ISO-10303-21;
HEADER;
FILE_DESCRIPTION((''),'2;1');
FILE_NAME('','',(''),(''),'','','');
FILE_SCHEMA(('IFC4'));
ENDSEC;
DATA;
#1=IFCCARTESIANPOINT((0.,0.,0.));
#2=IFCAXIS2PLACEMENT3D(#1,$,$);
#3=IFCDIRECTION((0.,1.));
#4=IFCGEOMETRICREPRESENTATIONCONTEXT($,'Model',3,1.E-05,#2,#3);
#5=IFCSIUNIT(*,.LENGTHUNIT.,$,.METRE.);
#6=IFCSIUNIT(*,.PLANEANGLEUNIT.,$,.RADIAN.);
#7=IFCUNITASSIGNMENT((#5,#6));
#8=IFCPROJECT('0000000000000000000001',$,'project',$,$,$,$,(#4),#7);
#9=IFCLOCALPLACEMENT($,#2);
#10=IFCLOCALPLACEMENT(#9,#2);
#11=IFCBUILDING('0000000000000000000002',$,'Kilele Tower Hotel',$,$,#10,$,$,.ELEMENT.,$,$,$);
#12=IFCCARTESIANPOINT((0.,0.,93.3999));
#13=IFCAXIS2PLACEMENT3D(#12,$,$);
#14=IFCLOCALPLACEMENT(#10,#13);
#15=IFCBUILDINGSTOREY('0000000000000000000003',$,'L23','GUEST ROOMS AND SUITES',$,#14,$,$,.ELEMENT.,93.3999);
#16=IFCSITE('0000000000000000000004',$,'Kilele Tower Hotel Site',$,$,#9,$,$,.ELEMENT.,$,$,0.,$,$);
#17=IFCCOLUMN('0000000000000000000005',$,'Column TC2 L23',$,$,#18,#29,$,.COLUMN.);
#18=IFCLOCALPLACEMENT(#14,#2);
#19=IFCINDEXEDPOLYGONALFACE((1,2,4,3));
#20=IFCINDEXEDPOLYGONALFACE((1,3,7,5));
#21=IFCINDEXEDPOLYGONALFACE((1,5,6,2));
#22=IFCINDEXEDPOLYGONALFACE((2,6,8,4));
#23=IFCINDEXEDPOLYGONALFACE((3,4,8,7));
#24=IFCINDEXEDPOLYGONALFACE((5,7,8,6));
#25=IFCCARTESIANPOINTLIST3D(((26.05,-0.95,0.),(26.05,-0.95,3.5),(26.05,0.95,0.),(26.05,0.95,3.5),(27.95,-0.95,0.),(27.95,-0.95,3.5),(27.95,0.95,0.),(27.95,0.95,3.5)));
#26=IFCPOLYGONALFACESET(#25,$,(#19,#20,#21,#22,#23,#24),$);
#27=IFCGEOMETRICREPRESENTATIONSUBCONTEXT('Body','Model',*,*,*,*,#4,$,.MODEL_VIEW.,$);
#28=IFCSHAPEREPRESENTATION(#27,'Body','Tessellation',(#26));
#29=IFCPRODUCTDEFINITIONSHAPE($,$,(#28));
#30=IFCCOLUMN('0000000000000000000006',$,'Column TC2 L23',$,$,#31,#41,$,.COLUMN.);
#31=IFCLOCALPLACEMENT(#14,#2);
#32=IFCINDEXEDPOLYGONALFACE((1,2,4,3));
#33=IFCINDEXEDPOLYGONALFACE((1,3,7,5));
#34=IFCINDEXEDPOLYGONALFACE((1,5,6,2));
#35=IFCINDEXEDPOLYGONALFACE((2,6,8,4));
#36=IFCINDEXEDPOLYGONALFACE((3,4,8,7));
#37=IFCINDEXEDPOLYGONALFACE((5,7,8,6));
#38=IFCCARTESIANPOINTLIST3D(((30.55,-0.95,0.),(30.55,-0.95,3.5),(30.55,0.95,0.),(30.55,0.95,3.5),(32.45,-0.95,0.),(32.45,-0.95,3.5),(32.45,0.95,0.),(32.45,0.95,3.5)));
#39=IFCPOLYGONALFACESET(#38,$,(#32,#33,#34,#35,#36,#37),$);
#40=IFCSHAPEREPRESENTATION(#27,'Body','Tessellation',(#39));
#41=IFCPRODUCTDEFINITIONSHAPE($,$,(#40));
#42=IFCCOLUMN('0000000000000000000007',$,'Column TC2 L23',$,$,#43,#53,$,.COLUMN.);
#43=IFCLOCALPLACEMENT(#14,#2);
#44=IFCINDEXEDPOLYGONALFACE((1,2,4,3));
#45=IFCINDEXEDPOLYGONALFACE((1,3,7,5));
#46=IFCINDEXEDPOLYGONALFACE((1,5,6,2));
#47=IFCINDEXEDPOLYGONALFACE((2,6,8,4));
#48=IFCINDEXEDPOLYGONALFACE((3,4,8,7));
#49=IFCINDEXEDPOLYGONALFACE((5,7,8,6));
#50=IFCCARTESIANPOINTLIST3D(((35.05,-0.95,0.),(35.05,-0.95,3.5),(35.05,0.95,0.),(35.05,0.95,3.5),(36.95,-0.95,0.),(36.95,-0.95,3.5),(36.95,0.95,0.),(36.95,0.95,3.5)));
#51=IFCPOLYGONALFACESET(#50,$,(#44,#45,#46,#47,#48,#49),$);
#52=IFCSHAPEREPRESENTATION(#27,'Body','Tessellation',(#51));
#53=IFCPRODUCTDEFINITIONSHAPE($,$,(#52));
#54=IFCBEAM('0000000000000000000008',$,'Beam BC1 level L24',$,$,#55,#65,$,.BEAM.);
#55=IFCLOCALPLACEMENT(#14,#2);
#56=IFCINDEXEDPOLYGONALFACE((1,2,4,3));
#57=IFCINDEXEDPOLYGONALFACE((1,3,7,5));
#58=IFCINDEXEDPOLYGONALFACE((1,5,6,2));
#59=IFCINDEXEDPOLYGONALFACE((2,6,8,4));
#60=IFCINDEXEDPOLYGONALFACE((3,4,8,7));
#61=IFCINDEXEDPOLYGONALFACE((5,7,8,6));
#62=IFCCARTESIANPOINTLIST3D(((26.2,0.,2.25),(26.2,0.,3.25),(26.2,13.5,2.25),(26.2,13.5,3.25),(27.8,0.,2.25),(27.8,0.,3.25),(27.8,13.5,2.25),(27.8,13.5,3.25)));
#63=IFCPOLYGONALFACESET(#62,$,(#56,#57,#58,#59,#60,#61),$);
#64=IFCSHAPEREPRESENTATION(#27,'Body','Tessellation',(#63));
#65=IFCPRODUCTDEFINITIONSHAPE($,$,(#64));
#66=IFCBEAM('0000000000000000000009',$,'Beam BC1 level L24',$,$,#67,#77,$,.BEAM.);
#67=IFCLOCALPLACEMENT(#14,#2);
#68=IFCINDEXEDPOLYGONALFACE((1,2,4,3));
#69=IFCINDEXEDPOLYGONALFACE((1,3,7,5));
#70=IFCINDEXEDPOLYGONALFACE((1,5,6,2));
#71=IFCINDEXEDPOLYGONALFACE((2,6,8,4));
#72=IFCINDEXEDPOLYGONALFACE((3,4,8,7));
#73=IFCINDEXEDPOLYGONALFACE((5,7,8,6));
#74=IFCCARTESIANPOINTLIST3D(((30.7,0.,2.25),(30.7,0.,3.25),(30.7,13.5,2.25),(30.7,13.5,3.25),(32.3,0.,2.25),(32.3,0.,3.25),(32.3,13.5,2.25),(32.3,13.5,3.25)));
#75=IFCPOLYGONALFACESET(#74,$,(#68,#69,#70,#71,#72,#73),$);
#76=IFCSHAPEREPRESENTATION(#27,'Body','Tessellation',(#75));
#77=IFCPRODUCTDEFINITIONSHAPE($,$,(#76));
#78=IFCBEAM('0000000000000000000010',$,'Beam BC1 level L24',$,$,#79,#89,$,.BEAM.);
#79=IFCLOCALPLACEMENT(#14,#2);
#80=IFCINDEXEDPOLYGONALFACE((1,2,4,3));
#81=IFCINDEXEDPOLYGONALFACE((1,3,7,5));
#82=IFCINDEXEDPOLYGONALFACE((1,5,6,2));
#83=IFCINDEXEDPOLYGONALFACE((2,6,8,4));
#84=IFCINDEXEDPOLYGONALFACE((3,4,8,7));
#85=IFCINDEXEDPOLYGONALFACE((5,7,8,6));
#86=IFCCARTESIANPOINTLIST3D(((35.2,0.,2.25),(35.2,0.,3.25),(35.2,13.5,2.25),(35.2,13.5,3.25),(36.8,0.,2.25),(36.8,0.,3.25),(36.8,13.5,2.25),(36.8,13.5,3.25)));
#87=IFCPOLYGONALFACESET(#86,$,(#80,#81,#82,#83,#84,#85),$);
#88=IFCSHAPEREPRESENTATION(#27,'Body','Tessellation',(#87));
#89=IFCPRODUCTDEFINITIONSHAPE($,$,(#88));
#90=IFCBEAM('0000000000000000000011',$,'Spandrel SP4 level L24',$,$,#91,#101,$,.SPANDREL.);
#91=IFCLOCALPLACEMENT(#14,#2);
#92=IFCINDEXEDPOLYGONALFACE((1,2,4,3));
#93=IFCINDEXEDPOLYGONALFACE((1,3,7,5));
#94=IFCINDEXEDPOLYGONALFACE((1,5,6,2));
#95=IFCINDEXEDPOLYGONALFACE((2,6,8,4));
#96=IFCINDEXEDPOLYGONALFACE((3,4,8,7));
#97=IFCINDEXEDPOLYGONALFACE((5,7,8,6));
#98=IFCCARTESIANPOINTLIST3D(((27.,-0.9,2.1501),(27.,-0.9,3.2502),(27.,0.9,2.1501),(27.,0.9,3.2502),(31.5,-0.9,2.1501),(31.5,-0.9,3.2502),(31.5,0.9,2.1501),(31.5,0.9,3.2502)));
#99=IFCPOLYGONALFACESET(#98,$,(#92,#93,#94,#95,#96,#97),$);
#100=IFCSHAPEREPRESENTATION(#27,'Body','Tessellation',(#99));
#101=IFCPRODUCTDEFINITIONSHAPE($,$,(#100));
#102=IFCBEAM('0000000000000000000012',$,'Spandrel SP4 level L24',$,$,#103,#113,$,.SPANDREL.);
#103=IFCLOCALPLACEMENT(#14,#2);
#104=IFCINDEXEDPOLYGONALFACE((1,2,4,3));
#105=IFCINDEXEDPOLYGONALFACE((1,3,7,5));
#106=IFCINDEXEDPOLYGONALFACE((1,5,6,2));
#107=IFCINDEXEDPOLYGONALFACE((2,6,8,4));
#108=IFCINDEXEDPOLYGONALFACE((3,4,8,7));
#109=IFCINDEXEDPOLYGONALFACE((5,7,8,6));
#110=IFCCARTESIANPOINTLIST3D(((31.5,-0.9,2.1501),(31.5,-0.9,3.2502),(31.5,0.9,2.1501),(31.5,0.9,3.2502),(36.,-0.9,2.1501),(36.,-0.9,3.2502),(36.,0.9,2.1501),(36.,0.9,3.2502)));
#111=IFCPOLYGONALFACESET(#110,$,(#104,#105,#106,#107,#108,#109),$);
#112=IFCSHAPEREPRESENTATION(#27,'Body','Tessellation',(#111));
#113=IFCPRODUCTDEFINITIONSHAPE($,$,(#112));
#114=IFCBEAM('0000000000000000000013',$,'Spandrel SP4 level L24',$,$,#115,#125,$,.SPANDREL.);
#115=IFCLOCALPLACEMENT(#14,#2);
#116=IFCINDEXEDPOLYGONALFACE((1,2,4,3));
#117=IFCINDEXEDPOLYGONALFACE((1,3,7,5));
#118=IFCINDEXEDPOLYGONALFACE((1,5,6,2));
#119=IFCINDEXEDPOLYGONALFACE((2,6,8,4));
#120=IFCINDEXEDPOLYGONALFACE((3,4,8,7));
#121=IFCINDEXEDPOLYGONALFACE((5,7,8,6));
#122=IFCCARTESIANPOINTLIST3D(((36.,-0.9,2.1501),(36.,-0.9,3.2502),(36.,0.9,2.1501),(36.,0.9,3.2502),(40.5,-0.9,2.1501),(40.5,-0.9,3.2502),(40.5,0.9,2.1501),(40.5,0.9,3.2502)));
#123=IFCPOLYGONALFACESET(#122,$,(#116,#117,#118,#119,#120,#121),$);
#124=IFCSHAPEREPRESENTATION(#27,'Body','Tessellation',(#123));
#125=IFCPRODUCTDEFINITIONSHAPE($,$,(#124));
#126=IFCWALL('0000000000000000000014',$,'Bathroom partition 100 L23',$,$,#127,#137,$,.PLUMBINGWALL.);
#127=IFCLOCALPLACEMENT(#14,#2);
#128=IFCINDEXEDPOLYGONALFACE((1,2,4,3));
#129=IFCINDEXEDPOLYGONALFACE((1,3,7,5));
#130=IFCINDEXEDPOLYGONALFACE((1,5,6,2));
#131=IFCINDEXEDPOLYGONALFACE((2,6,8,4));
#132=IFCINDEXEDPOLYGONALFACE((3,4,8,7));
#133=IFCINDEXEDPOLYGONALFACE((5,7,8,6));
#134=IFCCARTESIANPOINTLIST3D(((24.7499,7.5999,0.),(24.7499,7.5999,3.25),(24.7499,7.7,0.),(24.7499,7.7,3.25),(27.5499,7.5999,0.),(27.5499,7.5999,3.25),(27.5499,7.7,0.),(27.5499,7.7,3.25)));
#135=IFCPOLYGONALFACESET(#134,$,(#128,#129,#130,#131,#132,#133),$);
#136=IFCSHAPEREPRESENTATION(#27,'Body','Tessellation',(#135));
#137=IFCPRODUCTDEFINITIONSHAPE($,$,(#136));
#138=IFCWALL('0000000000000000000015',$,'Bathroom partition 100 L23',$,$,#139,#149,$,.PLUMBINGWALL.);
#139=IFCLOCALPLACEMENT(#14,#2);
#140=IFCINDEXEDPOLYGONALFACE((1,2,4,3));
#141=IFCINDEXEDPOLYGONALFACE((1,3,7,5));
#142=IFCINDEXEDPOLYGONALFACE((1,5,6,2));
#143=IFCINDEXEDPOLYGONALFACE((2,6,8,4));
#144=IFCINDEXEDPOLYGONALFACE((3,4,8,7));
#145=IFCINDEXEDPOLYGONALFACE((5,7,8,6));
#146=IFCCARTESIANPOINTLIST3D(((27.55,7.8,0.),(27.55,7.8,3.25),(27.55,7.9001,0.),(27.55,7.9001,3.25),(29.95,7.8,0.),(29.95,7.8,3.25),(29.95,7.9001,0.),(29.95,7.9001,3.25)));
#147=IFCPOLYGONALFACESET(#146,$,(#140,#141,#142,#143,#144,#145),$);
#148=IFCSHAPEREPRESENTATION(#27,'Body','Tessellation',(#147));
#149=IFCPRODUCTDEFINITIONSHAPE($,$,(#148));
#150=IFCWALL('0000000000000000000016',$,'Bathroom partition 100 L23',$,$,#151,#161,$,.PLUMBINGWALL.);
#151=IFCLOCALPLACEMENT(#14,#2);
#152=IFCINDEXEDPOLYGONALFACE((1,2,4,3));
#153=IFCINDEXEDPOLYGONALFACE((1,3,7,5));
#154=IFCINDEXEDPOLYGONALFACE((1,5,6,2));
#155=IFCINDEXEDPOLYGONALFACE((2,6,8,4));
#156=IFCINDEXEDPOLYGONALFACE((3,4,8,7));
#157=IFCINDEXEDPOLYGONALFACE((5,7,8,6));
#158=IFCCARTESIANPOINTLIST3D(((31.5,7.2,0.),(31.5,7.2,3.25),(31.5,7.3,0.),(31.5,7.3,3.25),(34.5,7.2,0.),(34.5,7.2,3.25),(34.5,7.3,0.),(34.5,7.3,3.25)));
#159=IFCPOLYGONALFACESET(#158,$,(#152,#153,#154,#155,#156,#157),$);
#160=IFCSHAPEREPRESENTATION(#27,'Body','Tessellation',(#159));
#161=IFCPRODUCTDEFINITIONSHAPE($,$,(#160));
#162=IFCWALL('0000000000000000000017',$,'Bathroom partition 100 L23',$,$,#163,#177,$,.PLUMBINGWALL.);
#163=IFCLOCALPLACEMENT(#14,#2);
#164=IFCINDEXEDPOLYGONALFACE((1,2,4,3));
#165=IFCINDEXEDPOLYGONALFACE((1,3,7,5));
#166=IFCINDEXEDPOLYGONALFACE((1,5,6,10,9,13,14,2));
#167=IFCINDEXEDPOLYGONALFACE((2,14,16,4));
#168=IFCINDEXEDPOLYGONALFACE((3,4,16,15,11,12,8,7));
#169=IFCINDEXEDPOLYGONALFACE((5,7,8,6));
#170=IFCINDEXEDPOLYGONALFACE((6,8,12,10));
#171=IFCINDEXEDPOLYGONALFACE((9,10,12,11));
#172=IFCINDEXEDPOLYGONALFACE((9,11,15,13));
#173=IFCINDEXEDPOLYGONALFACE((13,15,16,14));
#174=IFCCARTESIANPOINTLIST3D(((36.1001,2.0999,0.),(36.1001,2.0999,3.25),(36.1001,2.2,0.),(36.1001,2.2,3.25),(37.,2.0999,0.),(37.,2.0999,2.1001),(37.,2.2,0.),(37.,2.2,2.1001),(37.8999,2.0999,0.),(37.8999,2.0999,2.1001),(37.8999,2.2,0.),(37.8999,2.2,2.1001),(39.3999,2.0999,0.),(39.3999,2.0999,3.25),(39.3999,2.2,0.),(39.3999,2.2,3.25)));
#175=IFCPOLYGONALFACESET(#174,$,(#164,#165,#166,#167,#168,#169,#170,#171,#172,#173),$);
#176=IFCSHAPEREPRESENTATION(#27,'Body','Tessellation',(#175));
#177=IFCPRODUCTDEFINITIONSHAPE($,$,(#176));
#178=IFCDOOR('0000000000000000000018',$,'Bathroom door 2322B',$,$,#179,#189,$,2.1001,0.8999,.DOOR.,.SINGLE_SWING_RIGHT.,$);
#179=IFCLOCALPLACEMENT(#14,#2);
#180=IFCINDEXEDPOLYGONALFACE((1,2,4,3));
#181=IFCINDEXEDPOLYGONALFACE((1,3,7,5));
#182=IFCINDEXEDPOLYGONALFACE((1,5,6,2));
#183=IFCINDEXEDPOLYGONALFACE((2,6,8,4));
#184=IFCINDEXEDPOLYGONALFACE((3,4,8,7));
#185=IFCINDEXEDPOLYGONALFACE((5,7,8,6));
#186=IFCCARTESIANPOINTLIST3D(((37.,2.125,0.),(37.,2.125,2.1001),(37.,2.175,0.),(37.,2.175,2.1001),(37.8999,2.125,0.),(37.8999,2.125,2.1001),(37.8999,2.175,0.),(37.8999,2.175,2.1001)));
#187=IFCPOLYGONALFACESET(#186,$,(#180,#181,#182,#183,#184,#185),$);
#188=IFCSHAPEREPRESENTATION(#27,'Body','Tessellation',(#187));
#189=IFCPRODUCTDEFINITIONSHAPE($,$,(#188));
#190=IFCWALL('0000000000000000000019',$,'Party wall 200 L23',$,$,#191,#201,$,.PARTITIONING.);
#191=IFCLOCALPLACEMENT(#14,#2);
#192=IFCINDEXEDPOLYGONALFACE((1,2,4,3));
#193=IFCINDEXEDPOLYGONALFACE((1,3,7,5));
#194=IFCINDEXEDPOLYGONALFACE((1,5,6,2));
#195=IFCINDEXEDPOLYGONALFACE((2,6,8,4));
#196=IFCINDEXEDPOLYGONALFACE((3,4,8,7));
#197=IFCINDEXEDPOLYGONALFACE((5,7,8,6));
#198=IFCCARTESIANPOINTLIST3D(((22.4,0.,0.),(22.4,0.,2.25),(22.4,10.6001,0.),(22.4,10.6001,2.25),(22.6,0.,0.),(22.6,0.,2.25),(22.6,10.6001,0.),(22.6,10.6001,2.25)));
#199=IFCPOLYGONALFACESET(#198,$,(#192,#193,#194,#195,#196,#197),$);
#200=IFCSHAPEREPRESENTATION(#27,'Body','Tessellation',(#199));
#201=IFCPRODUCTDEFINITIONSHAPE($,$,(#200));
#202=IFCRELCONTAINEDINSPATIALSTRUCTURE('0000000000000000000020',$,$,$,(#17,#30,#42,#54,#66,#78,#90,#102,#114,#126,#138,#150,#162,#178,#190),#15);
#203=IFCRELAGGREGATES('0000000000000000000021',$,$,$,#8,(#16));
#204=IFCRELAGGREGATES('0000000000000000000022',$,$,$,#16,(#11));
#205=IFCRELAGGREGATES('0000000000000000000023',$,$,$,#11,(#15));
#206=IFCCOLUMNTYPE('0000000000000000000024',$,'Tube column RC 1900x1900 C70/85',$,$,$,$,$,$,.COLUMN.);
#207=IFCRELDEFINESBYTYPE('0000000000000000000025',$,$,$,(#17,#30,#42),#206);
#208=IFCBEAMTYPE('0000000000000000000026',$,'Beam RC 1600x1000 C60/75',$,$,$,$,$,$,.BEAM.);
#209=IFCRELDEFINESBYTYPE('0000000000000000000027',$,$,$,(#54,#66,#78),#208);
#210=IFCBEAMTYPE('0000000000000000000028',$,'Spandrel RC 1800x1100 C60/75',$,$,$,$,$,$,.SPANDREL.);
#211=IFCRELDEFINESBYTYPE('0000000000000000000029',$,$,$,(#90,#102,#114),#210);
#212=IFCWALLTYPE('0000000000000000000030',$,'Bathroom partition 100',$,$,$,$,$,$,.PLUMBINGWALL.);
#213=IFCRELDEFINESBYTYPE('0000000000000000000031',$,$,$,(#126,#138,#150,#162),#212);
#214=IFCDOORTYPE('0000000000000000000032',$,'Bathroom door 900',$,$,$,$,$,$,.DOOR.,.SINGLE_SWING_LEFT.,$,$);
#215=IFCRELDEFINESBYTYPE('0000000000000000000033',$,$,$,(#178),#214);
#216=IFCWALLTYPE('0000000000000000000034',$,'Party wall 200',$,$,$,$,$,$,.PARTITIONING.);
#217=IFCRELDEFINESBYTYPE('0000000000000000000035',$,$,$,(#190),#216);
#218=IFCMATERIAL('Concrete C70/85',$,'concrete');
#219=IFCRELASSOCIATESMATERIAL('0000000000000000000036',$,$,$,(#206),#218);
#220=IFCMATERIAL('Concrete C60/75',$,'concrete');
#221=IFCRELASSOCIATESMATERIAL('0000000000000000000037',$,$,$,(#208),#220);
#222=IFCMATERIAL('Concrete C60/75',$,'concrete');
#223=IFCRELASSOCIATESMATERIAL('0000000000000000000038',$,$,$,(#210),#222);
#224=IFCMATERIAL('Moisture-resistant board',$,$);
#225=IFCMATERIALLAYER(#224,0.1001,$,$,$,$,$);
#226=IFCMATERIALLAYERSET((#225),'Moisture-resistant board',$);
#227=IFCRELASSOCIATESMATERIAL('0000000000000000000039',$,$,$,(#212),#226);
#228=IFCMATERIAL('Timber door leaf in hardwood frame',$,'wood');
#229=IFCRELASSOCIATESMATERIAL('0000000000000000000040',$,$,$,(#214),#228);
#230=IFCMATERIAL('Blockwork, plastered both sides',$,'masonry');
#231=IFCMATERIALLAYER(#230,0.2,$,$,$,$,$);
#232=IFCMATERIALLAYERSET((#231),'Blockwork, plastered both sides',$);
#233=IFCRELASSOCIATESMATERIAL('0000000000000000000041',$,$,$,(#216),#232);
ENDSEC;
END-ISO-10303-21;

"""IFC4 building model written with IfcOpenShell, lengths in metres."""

from ifc_helpers import new_model, si_unit, direction, frame, frame_2d, origin, origin_2d, place, context, subcontext, project, spatial, rectangle, extrude, material, layer, layer_set, material_profile, profile_set, type_object, element, fill, save


model = new_model("IFC4")

# Units and contexts
model_context = context("Model", 3, precision=1e-05, world=origin(), true_north=direction((0.0, 1.0)))
body_context = subcontext(model_context, "Body", "Model", "MODEL_VIEW")
ifc_project = project(units=[si_unit("LENGTHUNIT", "METRE"), si_unit("PLANEANGLEUNIT", "RADIAN")], contexts=[model_context])

# Site, building, storey
site_placement = place(None, origin())
site = spatial("IfcSite", under=ifc_project, at=site_placement, Name="Kilele Tower Hotel Site", CompositionType="ELEMENT", RefElevation=0.0)
building_placement = place(site_placement, origin())
building = spatial("IfcBuilding", under=site, at=building_placement, Name="Kilele Tower Hotel", CompositionType="ELEMENT")
storey_placement = place(building_placement, frame((0.0, 0.0, 93.3999)))
storey = spatial("IfcBuildingStorey", under=building, at=storey_placement, Name="L23", Description="GUEST ROOMS AND SUITES", CompositionType="ELEMENT", Elevation=93.3999)

# Columns
ifc_material_1 = material(Name="Concrete C70/85", Category="concrete")
ifc_material_profile_1 = material_profile(ifc_material_1, rectangle(XDim=1.8999, YDim=1.8999, at=origin_2d()))
ifc_profile_set_1 = profile_set([ifc_material_profile_1], Name="Concrete C70/85")
column_type = type_object("IfcColumnType", Name="Tube column RC 1900x1900 C70/85", PredefinedType="COLUMN", material=ifc_profile_set_1)
for number, where, z_axis, x_axis, name in (
    (1, (27.0, 0.0, 0.0), (0.0, 0.0, 1.0), (1.0, 0.0, 0.0), "Column TC2 L23"),
    (2, (31.5, 0.0, 0.0), (0.0, 0.0, 1.0), (1.0, 0.0, 0.0), "Column TC2 L23"),
    (3, (36.0, 0.0, 0.0), (0.0, 0.0, 1.0), (1.0, 0.0, 0.0), "Column TC2 L23"),
):
    element("IfcColumn", number, at=place(storey_placement, frame(where, z_axis=z_axis, x_axis=x_axis)), inside=storey, type_object=column_type, Name=name, PredefinedType="COLUMN", context=body_context, shape_type="SweptSolid", body=[
        extrude(rectangle(XDim=1.8999, YDim=1.8999, at=origin_2d()), origin(), (0.0, 0.0, 1.0), 3.5),
    ])

# Beams
ifc_material_2 = material(Name="Concrete C60/75", Category="concrete")
ifc_material_profile_2 = material_profile(ifc_material_2, rectangle(XDim=1.6001, YDim=1.0, at=origin_2d()))
ifc_profile_set_2 = profile_set([ifc_material_profile_2], Name="Concrete C60/75")
beam_type_1 = type_object("IfcBeamType", Name="Beam RC 1600x1000 C60/75", PredefinedType="BEAM", material=ifc_profile_set_2)
for number, where, z_axis, x_axis, name in (
    (4, (27.0, 0.0, 2.75), (0.0, 1.0, 0.0), (-1.0, 0.0, 0.0), "Beam BC1 level L24"),
    (5, (31.5, 0.0, 2.75), (0.0, 1.0, 0.0), (-1.0, 0.0, 0.0), "Beam BC1 level L24"),
    (6, (36.0, 0.0, 2.75), (0.0, 1.0, 0.0), (-1.0, 0.0, 0.0), "Beam BC1 level L24"),
):
    element("IfcBeam", number, at=place(storey_placement, frame(where, z_axis=z_axis, x_axis=x_axis)), inside=storey, type_object=beam_type_1, Name=name, PredefinedType="BEAM", context=body_context, shape_type="SweptSolid", body=[
        extrude(rectangle(XDim=1.6001, YDim=1.0, at=origin_2d()), origin(), (0.0, 0.0, 1.0), 13.5),
    ])
ifc_material_3 = material(Name="Concrete C60/75", Category="concrete")
ifc_material_profile_3 = material_profile(ifc_material_3, rectangle(XDim=1.8, YDim=1.1001, at=origin_2d()))
ifc_profile_set_3 = profile_set([ifc_material_profile_3], Name="Concrete C60/75")
beam_type_2 = type_object("IfcBeamType", Name="Spandrel RC 1800x1100 C60/75", PredefinedType="SPANDREL", material=ifc_profile_set_3)
for number, where, z_axis, x_axis, name in (
    (7, (27.0, 0.0, 2.7002), (1.0, 0.0, 0.0), (0.0, 1.0, 0.0), "Spandrel SP4 level L24"),
    (8, (31.5, 0.0, 2.7002), (1.0, 0.0, 0.0), (0.0, 1.0, 0.0), "Spandrel SP4 level L24"),
    (9, (36.0, 0.0, 2.7002), (1.0, 0.0, 0.0), (0.0, 1.0, 0.0), "Spandrel SP4 level L24"),
):
    element("IfcBeam", number, at=place(storey_placement, frame(where, z_axis=z_axis, x_axis=x_axis)), inside=storey, type_object=beam_type_2, Name=name, PredefinedType="SPANDREL", context=body_context, shape_type="SweptSolid", body=[
        extrude(rectangle(XDim=1.8, YDim=1.1001, at=origin_2d()), origin(), (0.0, 0.0, 1.0), 4.5),
    ])

# Walls
ifc_material_4 = material(Name="Moisture-resistant board")
ifc_layer_1 = layer(ifc_material_4, 0.1001)
ifc_layer_set_1 = layer_set([ifc_layer_1], Name="Moisture-resistant board")
wall_type_1 = type_object("IfcWallType", Name="Bathroom partition 100", PredefinedType="PLUMBINGWALL", material=ifc_layer_set_1)
wall_1_placement = place(storey_placement, frame((24.75, 7.6499, 0.0), z_axis=(0.0, 0.0, 1.0), x_axis=(1.0, 0.0, 0.0)))
element("IfcWall", 10, at=wall_1_placement, inside=storey, type_object=wall_type_1, Name="Bathroom partition 100 L23", PredefinedType="PLUMBINGWALL", context=body_context, shape_type="SweptSolid", body=[
    extrude(rectangle(XDim=2.8, YDim=0.1001, at=frame_2d((1.3999, 0.0))), origin(), (0.0, 0.0, 1.0), 3.25),
])
wall_2_placement = place(storey_placement, frame((27.55, 7.8501, 0.0), z_axis=(0.0, 0.0, 1.0), x_axis=(1.0, 0.0, 0.0)))
element("IfcWall", 11, at=wall_2_placement, inside=storey, type_object=wall_type_1, Name="Bathroom partition 100 L23", PredefinedType="PLUMBINGWALL", context=body_context, shape_type="SweptSolid", body=[
    extrude(rectangle(XDim=2.3999, YDim=0.1001, at=frame_2d((1.2, 0.0))), origin(), (0.0, 0.0, 1.0), 3.25),
])
wall_3_placement = place(storey_placement, frame((31.5, 7.25, 0.0), z_axis=(0.0, 0.0, 1.0), x_axis=(1.0, 0.0, 0.0)))
element("IfcWall", 12, at=wall_3_placement, inside=storey, type_object=wall_type_1, Name="Bathroom partition 100 L23", PredefinedType="PLUMBINGWALL", context=body_context, shape_type="SweptSolid", body=[
    extrude(rectangle(XDim=3.0, YDim=0.1001, at=frame_2d((1.5, 0.0))), origin(), (0.0, 0.0, 1.0), 3.25),
])

# Wall, opening, door
wall_4_placement = place(storey_placement, frame((36.1001, 2.1499, 0.0), z_axis=(0.0, 0.0, 1.0), x_axis=(1.0, 0.0, 0.0)))
wall_4 = element("IfcWall", 13, at=wall_4_placement, inside=storey, type_object=wall_type_1, Name="Bathroom partition 100 L23", PredefinedType="PLUMBINGWALL", context=body_context, shape_type="SweptSolid", body=[
    extrude(rectangle(XDim=3.2998, YDim=0.1001, at=frame_2d((1.6499, 0.0))), origin(), (0.0, 0.0, 1.0), 3.25),
])
opening_1_placement = place(wall_4_placement, frame((1.7998, 0.0, 0.0), z_axis=(0.0, 0.0, 1.0), x_axis=(-1.0, 0.0, 0.0)))
opening_1 = element("IfcOpeningElement", 14, at=opening_1_placement, cuts=wall_4, PredefinedType="OPENING", context=body_context, shape_type="SweptSolid", body=[
    extrude(rectangle(XDim=0.8999, YDim=2.1001, at=frame_2d((0.45, 1.05))), frame((0.0, 0.0601, 0.0), z_axis=(0.0, -1.0, 0.0), x_axis=(1.0, 0.0, 0.0)), (0.0, 0.0, 1.0), 0.1201),
])
ifc_material_5 = material(Name="Timber door leaf in hardwood frame", Category="wood")
door_type_1 = type_object("IfcDoorType", Name="Bathroom door 900", OperationType="SINGLE_SWING_LEFT", PredefinedType="DOOR", material=ifc_material_5)
door_1_placement = place(opening_1_placement, origin())
door_1 = element("IfcDoor", 15, at=door_1_placement, inside=storey, type_object=door_type_1, Name="Bathroom door 2322B", OperationType="SINGLE_SWING_RIGHT", OverallHeight=2.1001, OverallWidth=0.8999, PredefinedType="DOOR", context=body_context, shape_type="SweptSolid", body=[
    extrude(rectangle(XDim=0.8999, YDim=2.1001, at=frame_2d((0.45, 1.05))), frame((0.0, 0.0249, 0.0), z_axis=(0.0, -1.0, 0.0), x_axis=(1.0, 0.0, 0.0)), (0.0, 0.0, 1.0), 0.05),
])
fill(opening_1, door_1)

# Wall
ifc_material_6 = material(Name="Blockwork, plastered both sides", Category="masonry")
ifc_layer_2 = layer(ifc_material_6, 0.2)
ifc_layer_set_2 = layer_set([ifc_layer_2], Name="Blockwork, plastered both sides")
wall_type_2 = type_object("IfcWallType", Name="Party wall 200", PredefinedType="PARTITIONING", material=ifc_layer_set_2)
wall_5_placement = place(storey_placement, frame((22.5, 10.6001, 0.0), z_axis=(0.0, 0.0, 1.0), x_axis=(0.0, -1.0, 0.0)))
element("IfcWall", 16, at=wall_5_placement, inside=storey, type_object=wall_type_2, Name="Party wall 200 L23", PredefinedType="PARTITIONING", context=body_context, shape_type="SweptSolid", body=[
    extrude(rectangle(XDim=10.6001, YDim=0.2, at=frame_2d((5.3, 0.0))), origin(), (0.0, 0.0, 1.0), 2.25),
])

save(model, "model.ifc")
